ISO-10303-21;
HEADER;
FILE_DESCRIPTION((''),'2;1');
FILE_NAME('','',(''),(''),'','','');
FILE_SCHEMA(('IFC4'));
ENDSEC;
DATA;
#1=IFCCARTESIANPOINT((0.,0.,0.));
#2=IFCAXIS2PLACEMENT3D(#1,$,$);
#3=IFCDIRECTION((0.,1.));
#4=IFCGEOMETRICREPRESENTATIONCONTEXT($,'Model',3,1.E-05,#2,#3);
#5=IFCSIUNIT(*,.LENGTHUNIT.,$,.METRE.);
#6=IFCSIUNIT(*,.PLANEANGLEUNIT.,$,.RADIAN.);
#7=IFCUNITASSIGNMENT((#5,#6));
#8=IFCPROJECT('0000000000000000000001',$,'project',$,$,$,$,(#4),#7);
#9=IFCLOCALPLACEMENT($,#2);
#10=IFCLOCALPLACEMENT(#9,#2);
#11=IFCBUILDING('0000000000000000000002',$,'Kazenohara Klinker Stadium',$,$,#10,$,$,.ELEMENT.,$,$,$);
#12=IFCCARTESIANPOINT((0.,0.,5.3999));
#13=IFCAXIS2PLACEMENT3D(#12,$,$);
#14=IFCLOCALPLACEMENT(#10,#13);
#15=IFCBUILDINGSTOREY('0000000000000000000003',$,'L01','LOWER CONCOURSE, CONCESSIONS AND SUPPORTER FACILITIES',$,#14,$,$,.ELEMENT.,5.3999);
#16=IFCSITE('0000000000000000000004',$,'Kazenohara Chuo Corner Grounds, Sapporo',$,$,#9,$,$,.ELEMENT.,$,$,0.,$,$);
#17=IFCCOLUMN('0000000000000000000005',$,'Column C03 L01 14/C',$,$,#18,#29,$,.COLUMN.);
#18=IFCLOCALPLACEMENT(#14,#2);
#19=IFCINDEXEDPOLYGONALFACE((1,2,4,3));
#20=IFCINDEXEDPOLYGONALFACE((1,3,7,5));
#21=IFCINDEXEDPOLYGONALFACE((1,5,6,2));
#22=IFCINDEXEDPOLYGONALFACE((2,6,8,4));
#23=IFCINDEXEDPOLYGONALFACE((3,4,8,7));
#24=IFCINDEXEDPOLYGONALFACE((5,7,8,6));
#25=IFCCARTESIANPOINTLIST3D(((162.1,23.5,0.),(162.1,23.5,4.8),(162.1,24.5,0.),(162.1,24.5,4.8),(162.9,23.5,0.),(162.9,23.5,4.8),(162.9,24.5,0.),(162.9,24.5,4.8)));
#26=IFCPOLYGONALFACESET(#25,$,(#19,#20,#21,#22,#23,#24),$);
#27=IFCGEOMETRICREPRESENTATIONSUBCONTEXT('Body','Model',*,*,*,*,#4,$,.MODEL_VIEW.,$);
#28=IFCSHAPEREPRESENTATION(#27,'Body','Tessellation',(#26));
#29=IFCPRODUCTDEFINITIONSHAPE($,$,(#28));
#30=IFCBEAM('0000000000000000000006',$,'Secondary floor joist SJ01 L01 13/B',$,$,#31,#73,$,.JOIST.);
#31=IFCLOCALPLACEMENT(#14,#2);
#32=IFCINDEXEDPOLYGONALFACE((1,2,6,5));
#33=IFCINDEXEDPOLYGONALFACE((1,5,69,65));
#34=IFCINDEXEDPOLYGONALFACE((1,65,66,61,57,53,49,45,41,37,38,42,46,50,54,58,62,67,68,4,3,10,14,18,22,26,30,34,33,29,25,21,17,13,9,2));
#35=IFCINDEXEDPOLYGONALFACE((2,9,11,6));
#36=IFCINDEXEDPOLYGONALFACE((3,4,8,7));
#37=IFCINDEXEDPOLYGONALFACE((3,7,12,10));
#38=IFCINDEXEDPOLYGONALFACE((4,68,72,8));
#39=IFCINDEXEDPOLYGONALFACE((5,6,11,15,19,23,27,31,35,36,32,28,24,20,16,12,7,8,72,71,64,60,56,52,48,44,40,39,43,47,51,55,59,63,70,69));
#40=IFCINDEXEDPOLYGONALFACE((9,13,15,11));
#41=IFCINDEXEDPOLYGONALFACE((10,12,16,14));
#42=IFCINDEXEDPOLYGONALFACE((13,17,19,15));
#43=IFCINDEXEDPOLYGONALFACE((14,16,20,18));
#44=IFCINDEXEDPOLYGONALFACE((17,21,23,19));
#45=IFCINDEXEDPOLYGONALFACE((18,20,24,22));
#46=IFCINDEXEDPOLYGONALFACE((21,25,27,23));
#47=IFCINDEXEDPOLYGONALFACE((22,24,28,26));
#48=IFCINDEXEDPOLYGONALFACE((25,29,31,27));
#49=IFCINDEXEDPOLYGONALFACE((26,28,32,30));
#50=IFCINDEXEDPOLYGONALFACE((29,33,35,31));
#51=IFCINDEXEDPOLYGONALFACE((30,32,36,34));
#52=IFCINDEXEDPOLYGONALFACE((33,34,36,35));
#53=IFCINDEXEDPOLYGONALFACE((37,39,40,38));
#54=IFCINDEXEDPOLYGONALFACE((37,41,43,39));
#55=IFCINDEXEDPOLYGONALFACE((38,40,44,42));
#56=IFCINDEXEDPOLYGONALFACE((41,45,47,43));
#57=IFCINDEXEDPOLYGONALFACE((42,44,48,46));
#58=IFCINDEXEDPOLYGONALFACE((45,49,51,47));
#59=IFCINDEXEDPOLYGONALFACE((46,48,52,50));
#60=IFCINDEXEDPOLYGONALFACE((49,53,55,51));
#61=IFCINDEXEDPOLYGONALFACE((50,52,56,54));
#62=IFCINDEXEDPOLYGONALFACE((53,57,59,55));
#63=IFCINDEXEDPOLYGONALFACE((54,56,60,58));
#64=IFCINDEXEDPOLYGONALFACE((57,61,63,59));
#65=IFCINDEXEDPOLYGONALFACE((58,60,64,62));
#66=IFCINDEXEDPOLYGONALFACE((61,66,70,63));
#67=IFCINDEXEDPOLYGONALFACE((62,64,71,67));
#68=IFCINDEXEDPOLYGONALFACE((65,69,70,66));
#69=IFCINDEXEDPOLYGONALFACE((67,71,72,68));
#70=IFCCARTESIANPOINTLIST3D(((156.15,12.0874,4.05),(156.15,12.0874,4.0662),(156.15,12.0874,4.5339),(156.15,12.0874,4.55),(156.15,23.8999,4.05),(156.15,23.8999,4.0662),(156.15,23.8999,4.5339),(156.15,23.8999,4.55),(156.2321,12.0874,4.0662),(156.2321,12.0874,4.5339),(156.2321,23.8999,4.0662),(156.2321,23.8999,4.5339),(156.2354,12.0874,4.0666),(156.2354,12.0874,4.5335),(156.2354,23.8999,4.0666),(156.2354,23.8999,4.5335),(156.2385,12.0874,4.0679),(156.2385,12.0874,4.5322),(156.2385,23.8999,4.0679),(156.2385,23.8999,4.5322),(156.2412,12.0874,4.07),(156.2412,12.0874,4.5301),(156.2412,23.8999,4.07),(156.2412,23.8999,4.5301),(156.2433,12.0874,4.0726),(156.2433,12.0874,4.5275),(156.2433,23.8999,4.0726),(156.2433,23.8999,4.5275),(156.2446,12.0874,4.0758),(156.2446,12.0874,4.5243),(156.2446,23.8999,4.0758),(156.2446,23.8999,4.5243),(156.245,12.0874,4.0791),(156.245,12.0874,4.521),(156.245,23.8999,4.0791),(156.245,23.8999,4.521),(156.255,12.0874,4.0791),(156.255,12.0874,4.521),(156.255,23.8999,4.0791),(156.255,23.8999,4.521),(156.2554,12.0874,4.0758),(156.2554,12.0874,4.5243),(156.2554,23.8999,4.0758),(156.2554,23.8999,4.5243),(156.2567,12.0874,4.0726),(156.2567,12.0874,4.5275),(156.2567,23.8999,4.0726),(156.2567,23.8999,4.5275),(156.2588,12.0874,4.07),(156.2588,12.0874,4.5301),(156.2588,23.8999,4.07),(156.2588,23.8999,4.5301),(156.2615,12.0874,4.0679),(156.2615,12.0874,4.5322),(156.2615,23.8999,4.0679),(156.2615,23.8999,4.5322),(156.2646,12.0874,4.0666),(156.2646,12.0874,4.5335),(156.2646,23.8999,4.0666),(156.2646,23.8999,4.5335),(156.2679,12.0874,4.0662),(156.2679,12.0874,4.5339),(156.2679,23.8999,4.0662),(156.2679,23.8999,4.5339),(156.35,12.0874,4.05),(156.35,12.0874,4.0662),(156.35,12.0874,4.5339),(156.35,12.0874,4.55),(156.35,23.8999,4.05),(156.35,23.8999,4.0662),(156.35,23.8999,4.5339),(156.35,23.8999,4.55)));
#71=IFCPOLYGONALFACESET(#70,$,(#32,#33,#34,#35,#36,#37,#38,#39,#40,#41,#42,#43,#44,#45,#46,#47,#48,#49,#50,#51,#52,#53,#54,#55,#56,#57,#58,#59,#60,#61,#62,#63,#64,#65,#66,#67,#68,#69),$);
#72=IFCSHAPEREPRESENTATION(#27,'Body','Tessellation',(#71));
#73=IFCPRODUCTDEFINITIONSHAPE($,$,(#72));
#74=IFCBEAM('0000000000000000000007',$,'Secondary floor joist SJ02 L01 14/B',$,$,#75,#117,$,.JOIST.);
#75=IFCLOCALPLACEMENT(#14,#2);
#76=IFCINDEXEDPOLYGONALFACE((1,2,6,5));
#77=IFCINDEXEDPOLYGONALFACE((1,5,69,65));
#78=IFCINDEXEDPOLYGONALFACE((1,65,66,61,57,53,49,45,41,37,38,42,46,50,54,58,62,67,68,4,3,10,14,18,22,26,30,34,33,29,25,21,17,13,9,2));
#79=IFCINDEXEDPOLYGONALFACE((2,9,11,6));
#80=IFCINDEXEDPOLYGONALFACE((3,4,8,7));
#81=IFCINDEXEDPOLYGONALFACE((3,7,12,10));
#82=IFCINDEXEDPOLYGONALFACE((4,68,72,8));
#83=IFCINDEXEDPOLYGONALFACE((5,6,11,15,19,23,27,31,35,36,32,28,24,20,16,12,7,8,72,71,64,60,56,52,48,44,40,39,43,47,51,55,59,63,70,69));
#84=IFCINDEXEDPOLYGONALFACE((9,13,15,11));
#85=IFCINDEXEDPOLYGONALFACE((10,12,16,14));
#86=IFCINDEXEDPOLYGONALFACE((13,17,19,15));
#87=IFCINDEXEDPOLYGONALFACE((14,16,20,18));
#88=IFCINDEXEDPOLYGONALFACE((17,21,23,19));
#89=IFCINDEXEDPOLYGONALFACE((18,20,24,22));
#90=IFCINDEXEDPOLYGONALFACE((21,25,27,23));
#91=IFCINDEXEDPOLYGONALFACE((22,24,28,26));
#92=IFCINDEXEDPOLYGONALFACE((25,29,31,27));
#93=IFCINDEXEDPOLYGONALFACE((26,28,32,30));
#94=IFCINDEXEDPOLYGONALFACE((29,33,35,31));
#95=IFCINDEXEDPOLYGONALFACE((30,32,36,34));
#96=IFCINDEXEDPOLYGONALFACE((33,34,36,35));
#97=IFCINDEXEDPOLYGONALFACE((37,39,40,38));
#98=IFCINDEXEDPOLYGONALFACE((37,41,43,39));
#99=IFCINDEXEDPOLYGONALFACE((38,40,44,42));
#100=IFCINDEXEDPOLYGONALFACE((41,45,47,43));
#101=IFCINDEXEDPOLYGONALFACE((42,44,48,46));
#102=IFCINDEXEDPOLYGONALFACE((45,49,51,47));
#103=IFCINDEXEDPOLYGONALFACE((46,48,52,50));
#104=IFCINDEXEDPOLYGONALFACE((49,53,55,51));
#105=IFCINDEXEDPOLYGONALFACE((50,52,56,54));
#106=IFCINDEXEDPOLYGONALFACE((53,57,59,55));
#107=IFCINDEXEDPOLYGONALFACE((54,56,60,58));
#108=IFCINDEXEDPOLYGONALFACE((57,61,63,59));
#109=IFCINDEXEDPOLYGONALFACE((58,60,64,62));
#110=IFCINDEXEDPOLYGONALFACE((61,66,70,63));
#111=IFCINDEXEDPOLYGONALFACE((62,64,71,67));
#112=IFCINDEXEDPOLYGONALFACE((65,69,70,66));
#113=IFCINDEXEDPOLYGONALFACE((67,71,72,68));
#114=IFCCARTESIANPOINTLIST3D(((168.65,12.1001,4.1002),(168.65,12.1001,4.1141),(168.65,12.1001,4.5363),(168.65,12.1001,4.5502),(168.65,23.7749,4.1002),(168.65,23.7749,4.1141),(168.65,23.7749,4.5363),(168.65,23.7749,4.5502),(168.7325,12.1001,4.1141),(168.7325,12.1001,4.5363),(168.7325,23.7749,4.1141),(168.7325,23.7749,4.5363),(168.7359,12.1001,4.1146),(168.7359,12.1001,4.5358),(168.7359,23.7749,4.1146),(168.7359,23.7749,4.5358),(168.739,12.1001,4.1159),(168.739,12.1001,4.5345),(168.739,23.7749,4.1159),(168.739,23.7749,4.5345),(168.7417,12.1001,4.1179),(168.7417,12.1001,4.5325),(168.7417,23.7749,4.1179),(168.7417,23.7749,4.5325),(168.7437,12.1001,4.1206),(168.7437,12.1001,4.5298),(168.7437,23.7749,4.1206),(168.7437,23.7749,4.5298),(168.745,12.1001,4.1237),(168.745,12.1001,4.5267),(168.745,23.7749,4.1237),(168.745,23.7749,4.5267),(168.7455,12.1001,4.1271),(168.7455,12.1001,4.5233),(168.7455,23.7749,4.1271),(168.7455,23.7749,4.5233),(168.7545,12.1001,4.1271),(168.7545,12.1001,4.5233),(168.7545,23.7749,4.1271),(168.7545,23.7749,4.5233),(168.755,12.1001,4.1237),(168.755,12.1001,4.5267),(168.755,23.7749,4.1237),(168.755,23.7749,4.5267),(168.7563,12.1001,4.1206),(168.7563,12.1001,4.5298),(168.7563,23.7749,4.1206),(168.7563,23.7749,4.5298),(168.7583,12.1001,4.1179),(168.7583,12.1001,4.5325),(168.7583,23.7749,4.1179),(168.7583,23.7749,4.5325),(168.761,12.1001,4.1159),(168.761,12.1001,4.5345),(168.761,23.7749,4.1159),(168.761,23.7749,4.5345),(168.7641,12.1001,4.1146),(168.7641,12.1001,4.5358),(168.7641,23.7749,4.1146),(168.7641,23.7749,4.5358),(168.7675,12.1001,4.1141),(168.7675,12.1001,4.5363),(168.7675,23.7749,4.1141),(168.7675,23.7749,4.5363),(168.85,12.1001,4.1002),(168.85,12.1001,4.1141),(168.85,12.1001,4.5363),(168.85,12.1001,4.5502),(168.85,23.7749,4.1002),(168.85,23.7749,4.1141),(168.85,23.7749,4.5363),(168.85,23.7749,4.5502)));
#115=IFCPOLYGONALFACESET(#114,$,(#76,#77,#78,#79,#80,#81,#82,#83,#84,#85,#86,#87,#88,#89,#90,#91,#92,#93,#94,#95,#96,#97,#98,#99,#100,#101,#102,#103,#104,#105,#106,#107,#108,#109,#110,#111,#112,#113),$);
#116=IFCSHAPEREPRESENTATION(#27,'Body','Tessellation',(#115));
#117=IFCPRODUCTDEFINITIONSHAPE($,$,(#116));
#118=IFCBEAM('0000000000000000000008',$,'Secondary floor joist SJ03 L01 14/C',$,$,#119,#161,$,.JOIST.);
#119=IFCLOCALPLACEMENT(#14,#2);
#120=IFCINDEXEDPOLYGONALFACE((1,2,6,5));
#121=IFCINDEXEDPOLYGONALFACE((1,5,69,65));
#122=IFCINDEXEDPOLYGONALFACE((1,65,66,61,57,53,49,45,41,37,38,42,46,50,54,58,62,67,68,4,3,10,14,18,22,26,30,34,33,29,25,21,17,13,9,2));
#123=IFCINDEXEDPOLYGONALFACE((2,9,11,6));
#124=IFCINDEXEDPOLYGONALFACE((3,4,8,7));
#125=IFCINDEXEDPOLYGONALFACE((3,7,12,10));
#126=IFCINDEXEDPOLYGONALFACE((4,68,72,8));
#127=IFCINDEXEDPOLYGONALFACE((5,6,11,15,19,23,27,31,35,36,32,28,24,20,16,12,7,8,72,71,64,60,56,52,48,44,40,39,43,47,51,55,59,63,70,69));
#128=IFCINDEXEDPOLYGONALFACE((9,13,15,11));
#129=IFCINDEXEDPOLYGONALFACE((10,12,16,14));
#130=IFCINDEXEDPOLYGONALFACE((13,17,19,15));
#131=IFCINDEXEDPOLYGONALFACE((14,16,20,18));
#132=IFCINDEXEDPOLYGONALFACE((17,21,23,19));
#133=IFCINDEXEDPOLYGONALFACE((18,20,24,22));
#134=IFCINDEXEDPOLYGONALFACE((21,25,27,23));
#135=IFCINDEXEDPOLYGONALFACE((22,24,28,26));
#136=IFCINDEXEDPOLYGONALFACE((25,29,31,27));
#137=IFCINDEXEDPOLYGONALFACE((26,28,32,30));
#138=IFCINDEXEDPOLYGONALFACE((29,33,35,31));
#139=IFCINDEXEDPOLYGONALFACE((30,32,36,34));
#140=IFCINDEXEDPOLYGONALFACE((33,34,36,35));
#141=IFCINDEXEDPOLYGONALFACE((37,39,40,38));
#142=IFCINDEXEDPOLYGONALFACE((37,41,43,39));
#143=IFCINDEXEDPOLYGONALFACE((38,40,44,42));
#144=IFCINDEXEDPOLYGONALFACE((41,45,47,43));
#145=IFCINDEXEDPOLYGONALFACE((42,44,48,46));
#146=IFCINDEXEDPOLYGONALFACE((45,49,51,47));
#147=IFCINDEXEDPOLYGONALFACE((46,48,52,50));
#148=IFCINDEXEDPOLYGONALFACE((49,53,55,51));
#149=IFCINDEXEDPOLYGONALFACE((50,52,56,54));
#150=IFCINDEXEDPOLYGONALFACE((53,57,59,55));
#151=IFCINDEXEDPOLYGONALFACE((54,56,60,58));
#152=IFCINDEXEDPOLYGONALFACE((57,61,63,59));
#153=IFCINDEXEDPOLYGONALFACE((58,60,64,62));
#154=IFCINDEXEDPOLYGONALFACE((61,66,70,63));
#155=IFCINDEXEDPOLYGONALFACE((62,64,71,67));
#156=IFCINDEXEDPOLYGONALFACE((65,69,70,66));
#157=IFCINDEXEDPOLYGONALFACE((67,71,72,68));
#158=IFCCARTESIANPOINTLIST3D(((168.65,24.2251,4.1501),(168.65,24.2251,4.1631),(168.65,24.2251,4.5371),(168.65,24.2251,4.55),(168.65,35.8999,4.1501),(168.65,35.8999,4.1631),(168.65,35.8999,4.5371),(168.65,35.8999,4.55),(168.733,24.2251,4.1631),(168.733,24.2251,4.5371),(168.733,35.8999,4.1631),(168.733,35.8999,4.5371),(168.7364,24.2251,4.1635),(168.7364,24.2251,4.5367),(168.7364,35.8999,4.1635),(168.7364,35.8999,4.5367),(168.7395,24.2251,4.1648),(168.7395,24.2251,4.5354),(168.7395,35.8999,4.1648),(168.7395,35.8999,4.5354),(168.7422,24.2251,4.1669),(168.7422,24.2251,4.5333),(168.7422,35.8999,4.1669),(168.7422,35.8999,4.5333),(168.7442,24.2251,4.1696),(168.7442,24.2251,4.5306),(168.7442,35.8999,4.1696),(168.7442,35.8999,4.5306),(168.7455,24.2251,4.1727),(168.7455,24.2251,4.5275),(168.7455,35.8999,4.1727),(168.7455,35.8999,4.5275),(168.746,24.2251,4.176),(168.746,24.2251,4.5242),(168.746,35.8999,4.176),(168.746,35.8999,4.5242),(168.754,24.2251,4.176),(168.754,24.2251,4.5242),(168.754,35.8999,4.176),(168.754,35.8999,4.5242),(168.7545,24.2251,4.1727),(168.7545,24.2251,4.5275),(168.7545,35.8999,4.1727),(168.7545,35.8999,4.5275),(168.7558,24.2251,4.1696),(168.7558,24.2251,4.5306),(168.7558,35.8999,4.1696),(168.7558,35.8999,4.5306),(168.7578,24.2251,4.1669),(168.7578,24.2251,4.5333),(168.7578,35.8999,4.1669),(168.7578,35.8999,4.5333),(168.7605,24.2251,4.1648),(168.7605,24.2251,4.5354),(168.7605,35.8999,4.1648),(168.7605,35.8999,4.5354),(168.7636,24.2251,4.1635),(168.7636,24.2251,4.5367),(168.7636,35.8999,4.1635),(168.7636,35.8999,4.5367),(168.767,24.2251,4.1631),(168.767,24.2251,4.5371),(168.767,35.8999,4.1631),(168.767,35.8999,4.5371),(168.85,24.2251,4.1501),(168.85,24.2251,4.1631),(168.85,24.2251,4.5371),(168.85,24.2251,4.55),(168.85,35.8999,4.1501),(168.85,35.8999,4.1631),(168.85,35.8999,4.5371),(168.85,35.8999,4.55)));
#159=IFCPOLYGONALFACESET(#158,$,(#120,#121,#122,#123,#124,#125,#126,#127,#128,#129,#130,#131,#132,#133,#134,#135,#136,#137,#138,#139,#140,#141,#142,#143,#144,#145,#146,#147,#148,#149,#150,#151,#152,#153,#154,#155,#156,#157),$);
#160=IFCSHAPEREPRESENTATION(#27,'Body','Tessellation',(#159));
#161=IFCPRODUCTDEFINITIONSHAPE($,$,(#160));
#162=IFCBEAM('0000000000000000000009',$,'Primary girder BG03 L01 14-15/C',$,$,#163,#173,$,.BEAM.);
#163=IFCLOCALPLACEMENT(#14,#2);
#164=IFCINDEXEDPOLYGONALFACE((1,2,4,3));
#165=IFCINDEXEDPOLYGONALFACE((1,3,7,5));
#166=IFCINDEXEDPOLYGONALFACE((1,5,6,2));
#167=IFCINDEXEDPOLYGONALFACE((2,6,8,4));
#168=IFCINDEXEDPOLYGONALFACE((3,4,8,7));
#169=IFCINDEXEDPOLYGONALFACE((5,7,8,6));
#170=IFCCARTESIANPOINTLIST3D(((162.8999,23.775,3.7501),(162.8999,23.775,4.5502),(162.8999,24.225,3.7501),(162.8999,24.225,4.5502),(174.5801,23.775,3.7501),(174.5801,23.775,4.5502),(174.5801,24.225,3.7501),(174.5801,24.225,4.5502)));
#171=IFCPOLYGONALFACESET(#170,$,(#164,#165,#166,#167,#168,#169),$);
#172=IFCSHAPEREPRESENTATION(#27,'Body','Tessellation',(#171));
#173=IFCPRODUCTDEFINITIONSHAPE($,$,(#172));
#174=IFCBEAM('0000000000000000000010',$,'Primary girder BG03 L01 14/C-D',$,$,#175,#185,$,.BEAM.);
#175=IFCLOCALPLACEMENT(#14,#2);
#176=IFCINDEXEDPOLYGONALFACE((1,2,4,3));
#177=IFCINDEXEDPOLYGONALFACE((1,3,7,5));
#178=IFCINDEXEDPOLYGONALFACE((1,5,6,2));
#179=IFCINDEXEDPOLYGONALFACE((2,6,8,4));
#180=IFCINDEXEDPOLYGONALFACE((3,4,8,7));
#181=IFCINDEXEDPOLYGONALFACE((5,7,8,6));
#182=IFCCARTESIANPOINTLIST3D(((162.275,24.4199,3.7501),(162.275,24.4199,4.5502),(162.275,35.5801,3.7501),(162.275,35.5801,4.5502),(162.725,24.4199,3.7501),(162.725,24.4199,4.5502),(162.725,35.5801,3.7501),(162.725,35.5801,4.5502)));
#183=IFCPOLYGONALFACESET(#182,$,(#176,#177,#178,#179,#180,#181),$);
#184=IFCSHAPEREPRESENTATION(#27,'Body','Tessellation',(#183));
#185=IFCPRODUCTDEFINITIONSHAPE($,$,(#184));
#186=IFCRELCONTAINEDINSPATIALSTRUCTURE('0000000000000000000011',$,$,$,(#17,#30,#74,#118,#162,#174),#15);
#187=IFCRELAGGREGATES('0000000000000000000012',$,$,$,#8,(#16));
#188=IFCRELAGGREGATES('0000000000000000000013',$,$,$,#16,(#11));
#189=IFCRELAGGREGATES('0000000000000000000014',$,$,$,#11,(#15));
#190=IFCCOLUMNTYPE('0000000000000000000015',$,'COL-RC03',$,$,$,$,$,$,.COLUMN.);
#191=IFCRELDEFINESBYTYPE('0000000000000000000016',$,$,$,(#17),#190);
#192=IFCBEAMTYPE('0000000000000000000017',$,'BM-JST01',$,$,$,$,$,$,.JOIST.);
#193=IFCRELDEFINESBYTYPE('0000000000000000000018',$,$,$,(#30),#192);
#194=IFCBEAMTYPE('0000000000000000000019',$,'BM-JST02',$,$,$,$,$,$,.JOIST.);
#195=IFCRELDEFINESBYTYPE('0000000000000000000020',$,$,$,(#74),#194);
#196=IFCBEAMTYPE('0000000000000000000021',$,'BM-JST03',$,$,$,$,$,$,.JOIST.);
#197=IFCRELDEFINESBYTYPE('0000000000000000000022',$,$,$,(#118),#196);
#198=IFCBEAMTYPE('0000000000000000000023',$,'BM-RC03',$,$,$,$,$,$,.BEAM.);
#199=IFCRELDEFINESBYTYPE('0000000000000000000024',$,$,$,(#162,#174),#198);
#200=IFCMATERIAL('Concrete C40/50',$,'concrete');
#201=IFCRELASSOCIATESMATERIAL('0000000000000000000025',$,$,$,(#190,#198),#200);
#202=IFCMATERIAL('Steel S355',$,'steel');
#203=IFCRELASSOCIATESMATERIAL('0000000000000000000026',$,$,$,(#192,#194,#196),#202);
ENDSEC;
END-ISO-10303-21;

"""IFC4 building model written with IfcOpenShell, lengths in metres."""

from ifc_helpers import new_model, si_unit, direction, frame, origin, origin_2d, place, context, subcontext, project, spatial, rectangle, i_section, extrude, material, material_profile, profile_set, type_object, element, save


model = new_model("IFC4")

# Units and contexts
model_context = context("Model", 3, precision=1e-05, world=origin(), true_north=direction((0.0, 1.0)))
body_context = subcontext(model_context, "Body", "Model", "MODEL_VIEW")
ifc_project = project(units=[si_unit("LENGTHUNIT", "METRE"), si_unit("PLANEANGLEUNIT", "RADIAN")], contexts=[model_context])

# Site, building, storey
site_placement = place(None, origin())
site = spatial("IfcSite", under=ifc_project, at=site_placement, Name="Kazenohara Chuo Corner Grounds, Sapporo", CompositionType="ELEMENT", RefElevation=0.0)
building_placement = place(site_placement, origin())
building = spatial("IfcBuilding", under=site, at=building_placement, Name="Kazenohara Klinker Stadium", CompositionType="ELEMENT")
storey_placement = place(building_placement, frame((0.0, 0.0, 5.3999)))
storey = spatial("IfcBuildingStorey", under=building, at=storey_placement, Name="L01", Description="LOWER CONCOURSE, CONCESSIONS AND SUPPORTER FACILITIES", CompositionType="ELEMENT", Elevation=5.3999)

# Column
ifc_material_1 = material(Name="Concrete C40/50", Category="concrete")
ifc_material_profile_1 = material_profile(ifc_material_1, rectangle(XDim=0.8, YDim=1.0, at=origin_2d()), Name="RC-COL-1000x800")
ifc_profile_set_1 = profile_set([ifc_material_profile_1], Name="Concrete C40/50")
column_type = type_object("IfcColumnType", Name="COL-RC03", PredefinedType="COLUMN", material=ifc_profile_set_1)
column_placement = place(storey_placement, frame((162.5, 24.0, 0.0), z_axis=(0.0, 0.0, 1.0), x_axis=(1.0, 0.0, 0.0)))
element("IfcColumn", 1, at=column_placement, inside=storey, type_object=column_type, Name="Column C03 L01 14/C", PredefinedType="COLUMN", context=body_context, shape_type="SweptSolid", body=[
    extrude(rectangle(XDim=0.8, YDim=1.0, at=origin_2d()), origin(), (0.0, 0.0, 1.0), 4.8),
])

# Beams
ifc_material_2 = material(Name="Steel S355", Category="steel")
ifc_material_profile_2 = material_profile(ifc_material_2, i_section(OverallWidth=0.2, OverallDepth=0.5, WebThickness=0.01, FlangeThickness=0.0161, FilletRadius=0.0129, at=origin_2d()), Name="H-500x200x10x16")
ifc_profile_set_2 = profile_set([ifc_material_profile_2], Name="Steel S355")
beam_type_1 = type_object("IfcBeamType", Name="BM-JST01", PredefinedType="JOIST", material=ifc_profile_set_2)
beam_1_placement = place(storey_placement, frame((156.25, 12.0874, 4.3), z_axis=(0.0, 1.0, 0.0), x_axis=(-1.0, 0.0, 0.0)))
element("IfcBeam", 2, at=beam_1_placement, inside=storey, type_object=beam_type_1, Name="Secondary floor joist SJ01 L01 13/B", PredefinedType="JOIST", context=body_context, shape_type="SweptSolid", body=[
    extrude(i_section(OverallWidth=0.2, OverallDepth=0.5, WebThickness=0.01, FlangeThickness=0.0161, FilletRadius=0.0129, at=origin_2d()), origin(), (0.0, 0.0, 1.0), 11.8125),
])
ifc_material_profile_3 = material_profile(ifc_material_2, i_section(OverallWidth=0.2, OverallDepth=0.45, WebThickness=0.009, FlangeThickness=0.0139, FilletRadius=0.0129, at=origin_2d()), Name="H-450x200x9x14")
ifc_profile_set_3 = profile_set([ifc_material_profile_3], Name="Steel S355")
beam_type_2 = type_object("IfcBeamType", Name="BM-JST02", PredefinedType="JOIST", material=ifc_profile_set_3)
beam_2_placement = place(storey_placement, frame((168.75, 12.1001, 4.3252), z_axis=(0.0, 1.0, 0.0), x_axis=(-1.0, 0.0, 0.0)))
element("IfcBeam", 3, at=beam_2_placement, inside=storey, type_object=beam_type_2, Name="Secondary floor joist SJ02 L01 14/B", PredefinedType="JOIST", context=body_context, shape_type="SweptSolid", body=[
    extrude(i_section(OverallWidth=0.2, OverallDepth=0.45, WebThickness=0.009, FlangeThickness=0.0139, FilletRadius=0.0129, at=origin_2d()), origin(), (0.0, 0.0, 1.0), 11.6748),
])
ifc_material_profile_4 = material_profile(ifc_material_2, i_section(OverallWidth=0.2, OverallDepth=0.3999, WebThickness=0.0081, FlangeThickness=0.0129, FilletRadius=0.0129, at=origin_2d()), Name="H-400x200x8x13")
ifc_profile_set_4 = profile_set([ifc_material_profile_4], Name="Steel S355")
beam_type_3 = type_object("IfcBeamType", Name="BM-JST03", PredefinedType="JOIST", material=ifc_profile_set_4)
beam_3_placement = place(storey_placement, frame((168.75, 24.2251, 4.3501), z_axis=(0.0, 1.0, 0.0), x_axis=(-1.0, 0.0, 0.0)))
element("IfcBeam", 4, at=beam_3_placement, inside=storey, type_object=beam_type_3, Name="Secondary floor joist SJ03 L01 14/C", PredefinedType="JOIST", context=body_context, shape_type="SweptSolid", body=[
    extrude(i_section(OverallWidth=0.2, OverallDepth=0.3999, WebThickness=0.0081, FlangeThickness=0.0129, FilletRadius=0.0129, at=origin_2d()), origin(), (0.0, 0.0, 1.0), 11.6748),
])
ifc_material_profile_5 = material_profile(ifc_material_1, rectangle(XDim=0.45, YDim=0.8, at=origin_2d()), Name="RC-BM-450x800")
ifc_profile_set_5 = profile_set([ifc_material_profile_5], Name="Concrete C40/50")
beam_type_4 = type_object("IfcBeamType", Name="BM-RC03", PredefinedType="BEAM", material=ifc_profile_set_5)
beam_4_placement = place(storey_placement, frame((162.8999, 24.0, 4.1501), z_axis=(1.0, 0.0, 0.0), x_axis=(0.0, 1.0, 0.0)))
element("IfcBeam", 5, at=beam_4_placement, inside=storey, type_object=beam_type_4, Name="Primary girder BG03 L01 14-15/C", PredefinedType="BEAM", context=body_context, shape_type="SweptSolid", body=[
    extrude(rectangle(XDim=0.45, YDim=0.8, at=origin_2d()), origin(), (0.0, 0.0, 1.0), 11.6802),
])
beam_5_placement = place(storey_placement, frame((162.5, 24.4199, 4.1501), z_axis=(0.0, 1.0, 0.0), x_axis=(-1.0, 0.0, 0.0)))
element("IfcBeam", 6, at=beam_5_placement, inside=storey, type_object=beam_type_4, Name="Primary girder BG03 L01 14/C-D", PredefinedType="BEAM", context=body_context, shape_type="SweptSolid", body=[
    extrude(rectangle(XDim=0.45, YDim=0.8, at=origin_2d()), origin(), (0.0, 0.0, 1.0), 11.1602),
])

save(model, "model.ifc")
